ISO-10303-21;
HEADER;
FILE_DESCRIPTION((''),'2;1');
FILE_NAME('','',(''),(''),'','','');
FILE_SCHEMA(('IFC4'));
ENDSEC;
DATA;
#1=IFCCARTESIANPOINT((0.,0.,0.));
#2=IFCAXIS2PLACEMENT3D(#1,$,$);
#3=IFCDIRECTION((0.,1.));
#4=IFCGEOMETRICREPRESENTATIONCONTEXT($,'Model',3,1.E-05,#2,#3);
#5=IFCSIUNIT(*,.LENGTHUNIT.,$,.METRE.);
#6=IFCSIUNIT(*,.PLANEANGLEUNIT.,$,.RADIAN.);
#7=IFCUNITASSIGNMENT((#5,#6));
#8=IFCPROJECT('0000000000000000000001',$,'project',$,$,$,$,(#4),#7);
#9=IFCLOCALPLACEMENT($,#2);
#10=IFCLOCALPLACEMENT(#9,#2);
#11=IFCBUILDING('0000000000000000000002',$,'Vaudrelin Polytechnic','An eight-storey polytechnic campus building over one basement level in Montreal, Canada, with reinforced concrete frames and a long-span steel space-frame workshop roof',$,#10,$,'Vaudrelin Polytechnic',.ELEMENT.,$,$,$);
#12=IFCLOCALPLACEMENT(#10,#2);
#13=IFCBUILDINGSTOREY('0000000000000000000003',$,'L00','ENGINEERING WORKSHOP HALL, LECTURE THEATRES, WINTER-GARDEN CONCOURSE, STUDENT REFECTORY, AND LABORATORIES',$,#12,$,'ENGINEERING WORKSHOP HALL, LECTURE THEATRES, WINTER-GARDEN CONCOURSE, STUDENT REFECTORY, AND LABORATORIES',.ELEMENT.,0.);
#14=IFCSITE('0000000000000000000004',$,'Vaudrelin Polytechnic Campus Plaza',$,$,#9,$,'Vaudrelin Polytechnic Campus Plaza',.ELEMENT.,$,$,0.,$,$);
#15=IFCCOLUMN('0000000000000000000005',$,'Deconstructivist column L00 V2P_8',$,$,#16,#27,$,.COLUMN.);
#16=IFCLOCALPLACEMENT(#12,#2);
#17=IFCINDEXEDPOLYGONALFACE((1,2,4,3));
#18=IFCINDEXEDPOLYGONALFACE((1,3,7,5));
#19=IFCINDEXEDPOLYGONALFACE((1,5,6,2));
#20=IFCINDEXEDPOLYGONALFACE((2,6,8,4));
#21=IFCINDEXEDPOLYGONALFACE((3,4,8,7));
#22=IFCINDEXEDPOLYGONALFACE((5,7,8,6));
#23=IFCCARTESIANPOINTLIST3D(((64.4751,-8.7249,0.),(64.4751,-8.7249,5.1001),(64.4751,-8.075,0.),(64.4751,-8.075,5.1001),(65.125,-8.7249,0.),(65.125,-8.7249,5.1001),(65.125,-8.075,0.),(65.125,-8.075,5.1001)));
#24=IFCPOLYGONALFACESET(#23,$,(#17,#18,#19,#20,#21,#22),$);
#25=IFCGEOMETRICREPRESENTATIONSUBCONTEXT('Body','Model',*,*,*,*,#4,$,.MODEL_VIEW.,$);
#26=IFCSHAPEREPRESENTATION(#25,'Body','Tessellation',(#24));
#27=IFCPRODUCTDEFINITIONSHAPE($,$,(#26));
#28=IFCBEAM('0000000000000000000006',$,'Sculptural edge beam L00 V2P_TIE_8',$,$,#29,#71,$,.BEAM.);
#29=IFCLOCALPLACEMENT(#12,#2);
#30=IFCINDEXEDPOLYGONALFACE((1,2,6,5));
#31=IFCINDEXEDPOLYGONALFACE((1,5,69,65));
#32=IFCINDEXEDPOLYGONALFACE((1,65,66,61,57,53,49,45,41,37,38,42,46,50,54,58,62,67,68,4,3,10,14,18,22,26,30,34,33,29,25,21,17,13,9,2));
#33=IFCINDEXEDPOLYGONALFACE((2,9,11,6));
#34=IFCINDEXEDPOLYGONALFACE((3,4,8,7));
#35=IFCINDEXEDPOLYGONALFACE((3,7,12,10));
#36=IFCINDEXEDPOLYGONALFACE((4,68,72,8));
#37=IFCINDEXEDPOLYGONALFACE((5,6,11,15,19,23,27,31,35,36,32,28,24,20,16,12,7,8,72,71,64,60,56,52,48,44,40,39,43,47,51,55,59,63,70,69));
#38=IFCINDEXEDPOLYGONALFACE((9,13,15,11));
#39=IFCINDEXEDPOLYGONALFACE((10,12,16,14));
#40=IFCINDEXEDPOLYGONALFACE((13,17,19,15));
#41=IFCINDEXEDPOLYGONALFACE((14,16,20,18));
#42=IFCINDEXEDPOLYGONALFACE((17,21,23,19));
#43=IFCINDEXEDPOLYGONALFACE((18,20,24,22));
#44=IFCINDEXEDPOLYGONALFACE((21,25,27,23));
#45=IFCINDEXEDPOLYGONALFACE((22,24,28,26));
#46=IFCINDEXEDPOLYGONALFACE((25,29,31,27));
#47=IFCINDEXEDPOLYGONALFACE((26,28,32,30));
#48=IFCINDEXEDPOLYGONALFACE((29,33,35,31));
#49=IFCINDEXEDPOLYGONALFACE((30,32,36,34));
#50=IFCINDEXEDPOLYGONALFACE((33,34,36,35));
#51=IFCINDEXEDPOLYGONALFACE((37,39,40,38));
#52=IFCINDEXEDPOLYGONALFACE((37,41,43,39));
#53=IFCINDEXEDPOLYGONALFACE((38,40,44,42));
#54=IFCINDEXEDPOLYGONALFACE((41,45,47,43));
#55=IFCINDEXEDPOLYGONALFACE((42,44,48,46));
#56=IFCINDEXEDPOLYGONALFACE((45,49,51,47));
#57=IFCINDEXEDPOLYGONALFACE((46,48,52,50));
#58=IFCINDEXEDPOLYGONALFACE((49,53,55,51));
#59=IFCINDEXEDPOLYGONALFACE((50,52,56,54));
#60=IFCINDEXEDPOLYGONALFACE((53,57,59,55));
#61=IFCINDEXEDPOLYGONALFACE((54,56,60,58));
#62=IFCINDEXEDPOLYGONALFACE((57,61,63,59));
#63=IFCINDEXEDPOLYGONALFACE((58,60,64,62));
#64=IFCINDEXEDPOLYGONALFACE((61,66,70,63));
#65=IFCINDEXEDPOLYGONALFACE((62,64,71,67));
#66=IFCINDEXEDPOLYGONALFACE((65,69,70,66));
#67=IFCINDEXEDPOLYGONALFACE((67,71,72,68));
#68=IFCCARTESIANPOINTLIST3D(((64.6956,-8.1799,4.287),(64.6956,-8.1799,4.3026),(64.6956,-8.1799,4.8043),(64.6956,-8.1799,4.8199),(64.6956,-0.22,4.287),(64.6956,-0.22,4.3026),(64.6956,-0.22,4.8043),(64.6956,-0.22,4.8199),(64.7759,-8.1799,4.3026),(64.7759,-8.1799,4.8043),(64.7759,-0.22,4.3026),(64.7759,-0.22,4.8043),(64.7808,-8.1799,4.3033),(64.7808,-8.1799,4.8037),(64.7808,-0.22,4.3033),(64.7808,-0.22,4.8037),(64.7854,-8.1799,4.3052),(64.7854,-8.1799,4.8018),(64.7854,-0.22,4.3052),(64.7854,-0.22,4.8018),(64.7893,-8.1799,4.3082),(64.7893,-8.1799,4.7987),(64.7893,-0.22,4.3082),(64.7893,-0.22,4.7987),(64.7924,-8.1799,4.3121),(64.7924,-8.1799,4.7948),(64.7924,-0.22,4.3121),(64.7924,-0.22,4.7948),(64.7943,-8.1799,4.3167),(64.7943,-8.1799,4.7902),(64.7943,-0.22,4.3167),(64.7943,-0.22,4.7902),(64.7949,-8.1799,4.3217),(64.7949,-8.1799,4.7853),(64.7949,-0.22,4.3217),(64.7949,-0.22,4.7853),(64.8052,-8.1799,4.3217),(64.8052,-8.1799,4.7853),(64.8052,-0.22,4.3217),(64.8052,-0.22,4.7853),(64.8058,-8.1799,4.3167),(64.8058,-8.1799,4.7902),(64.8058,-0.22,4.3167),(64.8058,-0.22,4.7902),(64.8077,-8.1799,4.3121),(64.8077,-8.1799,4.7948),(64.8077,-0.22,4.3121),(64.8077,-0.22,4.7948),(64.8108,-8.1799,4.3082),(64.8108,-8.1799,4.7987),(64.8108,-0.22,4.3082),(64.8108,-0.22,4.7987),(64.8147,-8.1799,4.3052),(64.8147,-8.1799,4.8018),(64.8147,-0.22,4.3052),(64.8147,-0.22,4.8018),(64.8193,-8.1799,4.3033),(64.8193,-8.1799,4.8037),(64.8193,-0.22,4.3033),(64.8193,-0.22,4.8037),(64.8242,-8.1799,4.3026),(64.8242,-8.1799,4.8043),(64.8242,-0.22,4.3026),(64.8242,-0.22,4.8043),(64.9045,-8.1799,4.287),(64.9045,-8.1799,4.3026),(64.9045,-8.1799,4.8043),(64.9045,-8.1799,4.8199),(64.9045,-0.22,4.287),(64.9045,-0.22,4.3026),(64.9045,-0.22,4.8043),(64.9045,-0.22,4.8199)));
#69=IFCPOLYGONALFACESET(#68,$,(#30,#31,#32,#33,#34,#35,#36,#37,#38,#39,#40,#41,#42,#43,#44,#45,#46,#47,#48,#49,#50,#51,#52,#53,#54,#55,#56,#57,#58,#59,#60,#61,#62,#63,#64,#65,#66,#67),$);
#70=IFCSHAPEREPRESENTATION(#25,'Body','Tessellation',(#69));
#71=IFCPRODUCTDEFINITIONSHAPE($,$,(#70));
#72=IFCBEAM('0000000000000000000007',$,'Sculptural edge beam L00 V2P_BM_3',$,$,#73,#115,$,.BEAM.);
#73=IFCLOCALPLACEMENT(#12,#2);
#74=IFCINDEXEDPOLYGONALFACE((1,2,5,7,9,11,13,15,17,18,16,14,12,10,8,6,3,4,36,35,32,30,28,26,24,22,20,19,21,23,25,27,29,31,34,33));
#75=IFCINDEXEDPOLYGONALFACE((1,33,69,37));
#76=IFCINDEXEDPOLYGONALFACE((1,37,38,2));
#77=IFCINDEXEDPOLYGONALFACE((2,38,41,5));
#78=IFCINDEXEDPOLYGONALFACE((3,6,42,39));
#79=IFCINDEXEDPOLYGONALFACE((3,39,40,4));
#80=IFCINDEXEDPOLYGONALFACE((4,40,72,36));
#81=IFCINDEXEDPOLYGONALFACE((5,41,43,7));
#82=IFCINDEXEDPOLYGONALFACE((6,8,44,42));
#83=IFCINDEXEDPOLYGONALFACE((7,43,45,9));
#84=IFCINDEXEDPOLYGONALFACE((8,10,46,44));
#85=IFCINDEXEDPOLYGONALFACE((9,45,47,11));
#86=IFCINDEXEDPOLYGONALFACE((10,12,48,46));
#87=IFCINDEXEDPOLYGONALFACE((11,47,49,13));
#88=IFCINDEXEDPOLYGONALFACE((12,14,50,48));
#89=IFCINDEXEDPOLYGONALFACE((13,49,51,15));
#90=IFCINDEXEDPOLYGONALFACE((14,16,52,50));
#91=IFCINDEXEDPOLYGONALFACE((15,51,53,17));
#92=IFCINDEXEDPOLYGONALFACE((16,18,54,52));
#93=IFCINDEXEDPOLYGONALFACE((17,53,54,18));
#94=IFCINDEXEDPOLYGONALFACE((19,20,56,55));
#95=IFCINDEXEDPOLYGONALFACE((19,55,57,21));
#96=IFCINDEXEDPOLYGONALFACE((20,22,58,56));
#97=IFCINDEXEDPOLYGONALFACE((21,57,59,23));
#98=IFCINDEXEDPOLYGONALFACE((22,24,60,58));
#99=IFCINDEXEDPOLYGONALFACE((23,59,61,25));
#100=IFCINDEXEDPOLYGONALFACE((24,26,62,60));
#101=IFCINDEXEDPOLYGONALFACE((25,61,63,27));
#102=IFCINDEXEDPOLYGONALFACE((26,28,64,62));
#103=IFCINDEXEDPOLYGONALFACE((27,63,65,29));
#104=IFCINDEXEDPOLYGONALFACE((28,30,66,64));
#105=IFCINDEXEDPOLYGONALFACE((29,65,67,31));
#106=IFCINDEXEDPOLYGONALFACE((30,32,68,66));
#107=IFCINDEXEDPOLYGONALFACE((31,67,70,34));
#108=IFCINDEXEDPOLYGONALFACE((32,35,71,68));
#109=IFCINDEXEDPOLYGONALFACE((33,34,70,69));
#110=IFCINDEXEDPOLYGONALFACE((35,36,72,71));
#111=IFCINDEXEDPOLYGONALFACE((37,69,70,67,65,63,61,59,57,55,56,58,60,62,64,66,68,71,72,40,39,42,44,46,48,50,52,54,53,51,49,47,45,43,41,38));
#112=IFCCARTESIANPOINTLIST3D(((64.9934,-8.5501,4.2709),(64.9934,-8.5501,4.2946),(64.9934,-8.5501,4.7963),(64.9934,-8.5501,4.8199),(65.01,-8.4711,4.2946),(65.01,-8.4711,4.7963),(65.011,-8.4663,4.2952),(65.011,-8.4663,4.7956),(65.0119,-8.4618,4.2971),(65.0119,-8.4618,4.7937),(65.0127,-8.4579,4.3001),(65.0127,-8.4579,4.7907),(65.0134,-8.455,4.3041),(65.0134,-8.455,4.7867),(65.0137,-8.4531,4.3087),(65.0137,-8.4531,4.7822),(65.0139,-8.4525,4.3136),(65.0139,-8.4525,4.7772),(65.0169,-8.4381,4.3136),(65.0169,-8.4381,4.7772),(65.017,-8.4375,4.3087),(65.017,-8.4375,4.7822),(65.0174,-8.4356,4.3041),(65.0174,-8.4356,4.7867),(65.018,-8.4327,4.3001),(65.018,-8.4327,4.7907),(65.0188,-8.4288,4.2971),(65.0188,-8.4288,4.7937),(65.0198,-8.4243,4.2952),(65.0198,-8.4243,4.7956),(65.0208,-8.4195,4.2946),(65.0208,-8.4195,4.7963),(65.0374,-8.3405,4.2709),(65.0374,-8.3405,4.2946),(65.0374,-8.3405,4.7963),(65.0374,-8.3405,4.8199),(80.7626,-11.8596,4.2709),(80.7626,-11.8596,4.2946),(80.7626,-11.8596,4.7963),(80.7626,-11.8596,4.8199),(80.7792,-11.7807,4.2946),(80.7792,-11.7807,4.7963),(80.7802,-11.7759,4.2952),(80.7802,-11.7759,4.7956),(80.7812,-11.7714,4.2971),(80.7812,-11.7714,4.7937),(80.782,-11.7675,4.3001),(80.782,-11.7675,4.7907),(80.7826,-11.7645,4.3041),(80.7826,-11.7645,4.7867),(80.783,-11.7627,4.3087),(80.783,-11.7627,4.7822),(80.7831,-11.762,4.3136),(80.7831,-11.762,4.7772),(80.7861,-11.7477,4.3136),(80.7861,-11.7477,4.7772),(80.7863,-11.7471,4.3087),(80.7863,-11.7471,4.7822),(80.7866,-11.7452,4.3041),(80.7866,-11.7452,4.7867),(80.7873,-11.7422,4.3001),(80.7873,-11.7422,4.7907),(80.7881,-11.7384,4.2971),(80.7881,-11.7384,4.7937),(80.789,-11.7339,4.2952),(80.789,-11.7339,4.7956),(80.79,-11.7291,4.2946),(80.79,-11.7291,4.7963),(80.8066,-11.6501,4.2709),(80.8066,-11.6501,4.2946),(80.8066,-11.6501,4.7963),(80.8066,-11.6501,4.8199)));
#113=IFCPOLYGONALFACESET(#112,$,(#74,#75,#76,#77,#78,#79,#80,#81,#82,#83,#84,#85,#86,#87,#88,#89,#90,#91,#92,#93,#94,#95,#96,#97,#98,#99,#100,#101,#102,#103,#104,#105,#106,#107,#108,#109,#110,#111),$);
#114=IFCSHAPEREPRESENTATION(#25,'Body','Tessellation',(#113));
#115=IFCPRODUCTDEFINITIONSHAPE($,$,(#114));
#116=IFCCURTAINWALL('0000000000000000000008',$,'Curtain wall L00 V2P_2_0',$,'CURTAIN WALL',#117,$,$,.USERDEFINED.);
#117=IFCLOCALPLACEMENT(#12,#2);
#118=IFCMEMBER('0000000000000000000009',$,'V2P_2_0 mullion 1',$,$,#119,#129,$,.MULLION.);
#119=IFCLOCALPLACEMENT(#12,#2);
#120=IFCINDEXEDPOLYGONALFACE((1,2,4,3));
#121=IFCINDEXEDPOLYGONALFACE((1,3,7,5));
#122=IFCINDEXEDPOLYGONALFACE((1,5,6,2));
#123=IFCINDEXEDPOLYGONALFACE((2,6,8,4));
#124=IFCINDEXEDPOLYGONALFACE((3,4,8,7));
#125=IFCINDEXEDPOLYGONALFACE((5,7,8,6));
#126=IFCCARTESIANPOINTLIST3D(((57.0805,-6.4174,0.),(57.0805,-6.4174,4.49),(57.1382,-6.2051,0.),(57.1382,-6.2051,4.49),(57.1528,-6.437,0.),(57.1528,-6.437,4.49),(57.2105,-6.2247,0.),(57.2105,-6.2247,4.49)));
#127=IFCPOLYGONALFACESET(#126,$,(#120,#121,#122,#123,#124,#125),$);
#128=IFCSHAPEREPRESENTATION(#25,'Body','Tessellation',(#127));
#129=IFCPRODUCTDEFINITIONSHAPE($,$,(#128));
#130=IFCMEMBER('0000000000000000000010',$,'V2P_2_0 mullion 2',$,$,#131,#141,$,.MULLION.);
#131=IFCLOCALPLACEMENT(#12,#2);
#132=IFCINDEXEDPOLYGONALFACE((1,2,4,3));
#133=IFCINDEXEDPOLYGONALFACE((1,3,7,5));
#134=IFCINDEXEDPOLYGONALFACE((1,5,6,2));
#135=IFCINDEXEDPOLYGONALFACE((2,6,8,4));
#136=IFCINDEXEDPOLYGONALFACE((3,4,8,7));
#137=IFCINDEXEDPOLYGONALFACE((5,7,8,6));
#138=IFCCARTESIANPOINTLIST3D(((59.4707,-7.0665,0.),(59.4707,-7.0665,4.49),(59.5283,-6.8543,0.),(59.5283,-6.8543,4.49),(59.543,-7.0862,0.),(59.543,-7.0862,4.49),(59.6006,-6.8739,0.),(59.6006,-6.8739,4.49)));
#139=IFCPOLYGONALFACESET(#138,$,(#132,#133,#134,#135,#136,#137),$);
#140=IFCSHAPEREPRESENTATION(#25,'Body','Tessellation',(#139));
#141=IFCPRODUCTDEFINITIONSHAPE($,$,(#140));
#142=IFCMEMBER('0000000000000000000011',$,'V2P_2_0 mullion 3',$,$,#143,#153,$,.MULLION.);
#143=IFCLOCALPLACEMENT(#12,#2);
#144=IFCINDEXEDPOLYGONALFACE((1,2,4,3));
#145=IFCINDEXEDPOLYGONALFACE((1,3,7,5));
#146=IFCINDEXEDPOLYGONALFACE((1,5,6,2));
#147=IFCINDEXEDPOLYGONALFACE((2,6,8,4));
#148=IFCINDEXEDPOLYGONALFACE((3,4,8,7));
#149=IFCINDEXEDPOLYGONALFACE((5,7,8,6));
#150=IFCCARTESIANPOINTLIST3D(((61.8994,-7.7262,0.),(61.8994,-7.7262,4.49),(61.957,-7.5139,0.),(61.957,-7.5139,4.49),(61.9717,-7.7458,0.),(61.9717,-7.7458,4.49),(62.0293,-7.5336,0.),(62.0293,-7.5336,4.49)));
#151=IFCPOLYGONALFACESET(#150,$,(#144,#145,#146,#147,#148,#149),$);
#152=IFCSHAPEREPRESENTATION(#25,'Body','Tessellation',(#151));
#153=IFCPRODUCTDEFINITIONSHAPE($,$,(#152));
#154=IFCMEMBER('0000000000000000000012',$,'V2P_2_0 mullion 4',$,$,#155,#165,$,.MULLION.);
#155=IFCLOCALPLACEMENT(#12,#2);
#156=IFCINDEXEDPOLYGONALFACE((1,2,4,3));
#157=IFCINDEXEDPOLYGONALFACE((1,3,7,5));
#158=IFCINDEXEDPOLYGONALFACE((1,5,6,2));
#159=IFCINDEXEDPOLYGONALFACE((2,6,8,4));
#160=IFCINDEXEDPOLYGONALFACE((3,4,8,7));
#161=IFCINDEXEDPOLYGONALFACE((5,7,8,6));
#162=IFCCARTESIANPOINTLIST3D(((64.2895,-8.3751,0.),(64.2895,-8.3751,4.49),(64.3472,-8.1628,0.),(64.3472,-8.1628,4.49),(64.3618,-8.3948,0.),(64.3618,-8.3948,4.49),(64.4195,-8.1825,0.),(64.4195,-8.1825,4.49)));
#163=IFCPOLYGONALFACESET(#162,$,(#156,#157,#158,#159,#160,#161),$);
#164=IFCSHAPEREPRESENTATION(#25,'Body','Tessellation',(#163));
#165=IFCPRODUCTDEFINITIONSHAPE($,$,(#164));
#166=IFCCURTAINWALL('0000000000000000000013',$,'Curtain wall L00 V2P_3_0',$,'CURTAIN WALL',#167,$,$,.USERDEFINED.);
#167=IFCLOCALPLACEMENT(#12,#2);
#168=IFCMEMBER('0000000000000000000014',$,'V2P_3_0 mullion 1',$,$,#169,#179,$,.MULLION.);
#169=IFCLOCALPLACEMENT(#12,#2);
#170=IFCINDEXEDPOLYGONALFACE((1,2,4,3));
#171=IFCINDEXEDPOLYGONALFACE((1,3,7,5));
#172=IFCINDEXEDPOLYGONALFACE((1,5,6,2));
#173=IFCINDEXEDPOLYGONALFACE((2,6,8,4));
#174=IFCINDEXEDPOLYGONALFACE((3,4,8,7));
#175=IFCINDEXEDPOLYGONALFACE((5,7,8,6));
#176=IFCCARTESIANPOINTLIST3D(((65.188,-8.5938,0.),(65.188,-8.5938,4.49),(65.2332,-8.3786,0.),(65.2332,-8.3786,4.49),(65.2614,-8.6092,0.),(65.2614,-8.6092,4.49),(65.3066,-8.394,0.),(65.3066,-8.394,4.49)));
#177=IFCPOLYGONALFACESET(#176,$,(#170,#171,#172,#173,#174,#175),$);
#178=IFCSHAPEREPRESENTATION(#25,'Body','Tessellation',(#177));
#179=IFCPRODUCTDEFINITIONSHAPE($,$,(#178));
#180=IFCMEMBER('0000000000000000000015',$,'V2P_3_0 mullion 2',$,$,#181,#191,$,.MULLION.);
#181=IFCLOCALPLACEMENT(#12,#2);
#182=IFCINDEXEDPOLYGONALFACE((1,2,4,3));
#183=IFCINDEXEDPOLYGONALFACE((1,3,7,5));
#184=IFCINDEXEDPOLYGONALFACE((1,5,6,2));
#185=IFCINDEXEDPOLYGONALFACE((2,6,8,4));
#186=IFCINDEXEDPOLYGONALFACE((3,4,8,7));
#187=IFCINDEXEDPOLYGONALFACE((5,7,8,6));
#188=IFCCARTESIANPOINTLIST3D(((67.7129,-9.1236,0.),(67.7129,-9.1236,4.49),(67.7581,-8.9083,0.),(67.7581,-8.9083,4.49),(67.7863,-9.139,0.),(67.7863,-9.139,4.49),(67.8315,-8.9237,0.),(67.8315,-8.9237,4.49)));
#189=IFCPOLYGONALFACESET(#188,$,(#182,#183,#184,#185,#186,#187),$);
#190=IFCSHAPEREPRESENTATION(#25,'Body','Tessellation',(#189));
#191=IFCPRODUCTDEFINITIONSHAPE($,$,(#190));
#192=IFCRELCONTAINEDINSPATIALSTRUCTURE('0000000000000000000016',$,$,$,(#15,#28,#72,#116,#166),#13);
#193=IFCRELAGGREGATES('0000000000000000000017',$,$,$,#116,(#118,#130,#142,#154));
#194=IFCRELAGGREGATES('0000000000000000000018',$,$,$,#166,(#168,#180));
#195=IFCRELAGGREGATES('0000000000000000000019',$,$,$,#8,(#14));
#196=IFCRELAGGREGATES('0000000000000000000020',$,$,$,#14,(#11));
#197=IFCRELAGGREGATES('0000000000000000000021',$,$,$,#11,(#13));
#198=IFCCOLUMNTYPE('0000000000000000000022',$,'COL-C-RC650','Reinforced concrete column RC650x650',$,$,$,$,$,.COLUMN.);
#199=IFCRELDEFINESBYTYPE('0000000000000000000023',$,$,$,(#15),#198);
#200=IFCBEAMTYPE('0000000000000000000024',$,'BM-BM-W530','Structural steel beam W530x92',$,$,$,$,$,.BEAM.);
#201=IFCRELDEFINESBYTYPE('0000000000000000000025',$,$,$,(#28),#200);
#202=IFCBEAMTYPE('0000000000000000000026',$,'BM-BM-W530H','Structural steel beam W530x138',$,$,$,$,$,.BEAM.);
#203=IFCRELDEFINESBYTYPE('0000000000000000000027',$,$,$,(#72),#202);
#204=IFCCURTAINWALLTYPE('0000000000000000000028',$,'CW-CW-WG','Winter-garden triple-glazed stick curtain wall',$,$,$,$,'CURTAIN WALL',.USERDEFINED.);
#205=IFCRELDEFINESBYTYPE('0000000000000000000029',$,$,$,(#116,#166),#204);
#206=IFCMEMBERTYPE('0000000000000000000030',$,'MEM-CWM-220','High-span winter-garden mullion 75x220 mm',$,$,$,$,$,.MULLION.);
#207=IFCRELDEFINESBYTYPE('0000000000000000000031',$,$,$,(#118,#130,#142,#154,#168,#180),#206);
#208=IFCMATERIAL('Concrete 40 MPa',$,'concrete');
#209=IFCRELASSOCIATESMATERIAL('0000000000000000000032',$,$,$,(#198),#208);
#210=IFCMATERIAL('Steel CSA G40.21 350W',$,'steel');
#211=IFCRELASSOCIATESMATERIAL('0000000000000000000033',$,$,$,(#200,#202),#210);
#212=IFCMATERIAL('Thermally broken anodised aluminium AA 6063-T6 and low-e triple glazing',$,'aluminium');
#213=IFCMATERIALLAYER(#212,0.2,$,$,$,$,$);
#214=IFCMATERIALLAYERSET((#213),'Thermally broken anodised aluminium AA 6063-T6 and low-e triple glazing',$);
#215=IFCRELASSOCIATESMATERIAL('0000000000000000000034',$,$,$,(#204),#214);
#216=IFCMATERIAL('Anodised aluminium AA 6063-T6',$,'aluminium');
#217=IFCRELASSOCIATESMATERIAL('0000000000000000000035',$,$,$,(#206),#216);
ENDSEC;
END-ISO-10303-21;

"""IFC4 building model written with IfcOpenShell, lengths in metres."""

from ifc_helpers import new_model, si_unit, direction, frame, origin, origin_2d, place, context, subcontext, project, spatial, rectangle, i_section, extrude, material, layer, layer_set, material_profile, profile_set, type_object, element, aggregate, save


model = new_model("IFC4")

# Units and contexts
model_context = context("Model", 3, precision=1e-05, world=origin(), true_north=direction((0.0, 1.0)))
body_context = subcontext(model_context, "Body", "Model", "MODEL_VIEW")
ifc_project = project(units=[si_unit("LENGTHUNIT", "METRE"), si_unit("PLANEANGLEUNIT", "RADIAN")], contexts=[model_context])

# Site, building, storey
site_placement = place(None, origin())
site = spatial("IfcSite", under=ifc_project, at=site_placement, Name="Vaudrelin Polytechnic Campus Plaza", LongName="Vaudrelin Polytechnic Campus Plaza", CompositionType="ELEMENT", RefElevation=0.0)
building_placement = place(site_placement, origin())
building = spatial("IfcBuilding", under=site, at=building_placement, Name="Vaudrelin Polytechnic", Description="An eight-storey polytechnic campus building over one basement level in Montreal, Canada, with reinforced concrete frames and a long-span steel space-frame workshop roof", LongName="Vaudrelin Polytechnic", CompositionType="ELEMENT")
storey_placement = place(building_placement, origin())
storey = spatial("IfcBuildingStorey", under=building, at=storey_placement, Name="L00", Description="ENGINEERING WORKSHOP HALL, LECTURE THEATRES, WINTER-GARDEN CONCOURSE, STUDENT REFECTORY, AND LABORATORIES", LongName="ENGINEERING WORKSHOP HALL, LECTURE THEATRES, WINTER-GARDEN CONCOURSE, STUDENT REFECTORY, AND LABORATORIES", CompositionType="ELEMENT", Elevation=0.0)

# Column
ifc_material_1 = material(Name="Concrete 40 MPa", Category="concrete")
ifc_material_profile_1 = material_profile(ifc_material_1, rectangle(XDim=0.6499, YDim=0.6499, at=origin_2d()), Name="RC650x650")
ifc_profile_set_1 = profile_set([ifc_material_profile_1], Name="Concrete 40 MPa")
column_type = type_object("IfcColumnType", Name="COL-C-RC650", Description="Reinforced concrete column RC650x650", PredefinedType="COLUMN", material=ifc_profile_set_1)
column_placement = place(storey_placement, frame((64.8, -8.3999, 0.0), z_axis=(0.0, 0.0, 1.0), x_axis=(1.0, 0.0, 0.0)))
element("IfcColumn", 1, at=column_placement, inside=storey, type_object=column_type, Name="Deconstructivist column L00 V2P_8", PredefinedType="COLUMN", context=body_context, shape_type="SweptSolid", body=[
    extrude(rectangle(XDim=0.6499, YDim=0.6499, at=origin_2d()), origin(), (0.0, 0.0, 1.0), 5.1001),
])

# Beams
ifc_material_2 = material(Name="Steel CSA G40.21 350W", Category="steel")
ifc_material_profile_2 = material_profile(ifc_material_2, i_section(OverallWidth=0.209, OverallDepth=0.533, WebThickness=0.0103, FlangeThickness=0.0156, FilletRadius=0.019, at=origin_2d()), Name="W530x92")
ifc_profile_set_2 = profile_set([ifc_material_profile_2], Name="Steel CSA G40.21 350W")
beam_type_1 = type_object("IfcBeamType", Name="BM-BM-W530", Description="Structural steel beam W530x92", PredefinedType="BEAM", material=ifc_profile_set_2)
beam_1_placement = place(storey_placement, frame((64.8, -8.1799, 4.5535), z_axis=(0.0, 1.0, 0.0), x_axis=(-1.0, 0.0, 0.0)))
element("IfcBeam", 2, at=beam_1_placement, inside=storey, type_object=beam_type_1, Name="Sculptural edge beam L00 V2P_TIE_8", PredefinedType="BEAM", context=body_context, shape_type="SweptSolid", body=[
    extrude(i_section(OverallWidth=0.209, OverallDepth=0.533, WebThickness=0.0103, FlangeThickness=0.0156, FilletRadius=0.019, at=origin_2d()), origin(), (0.0, 0.0, 1.0), 7.96),
])
ifc_material_profile_3 = material_profile(ifc_material_2, i_section(OverallWidth=0.2141, OverallDepth=0.5491, WebThickness=0.0146, FlangeThickness=0.0237, FilletRadius=0.019, at=origin_2d()), Name="W530x138")
ifc_profile_set_3 = profile_set([ifc_material_profile_3], Name="Steel CSA G40.21 350W")
beam_type_2 = type_object("IfcBeamType", Name="BM-BM-W530H", Description="Structural steel beam W530x138", PredefinedType="BEAM", material=ifc_profile_set_3)
beam_2_placement = place(storey_placement, frame((65.0154, -8.4453, 4.5454), z_axis=(0.978678, -0.2054, 0.0), x_axis=(0.2054, 0.978678, 0.0)))
element("IfcBeam", 3, at=beam_2_placement, inside=storey, type_object=beam_type_2, Name="Sculptural edge beam L00 V2P_BM_3", PredefinedType="BEAM", context=body_context, shape_type="SweptSolid", body=[
    extrude(i_section(OverallWidth=0.2141, OverallDepth=0.5491, WebThickness=0.0146, FlangeThickness=0.0237, FilletRadius=0.019, at=origin_2d()), origin(), (0.0, 0.0, 1.0), 16.1128),
])

# Curtain walls, members
ifc_material_3 = material(Name="Thermally broken anodised aluminium AA 6063-T6 and low-e triple glazing", Category="aluminium")
ifc_layer_1 = layer(ifc_material_3, 0.2)
ifc_layer_set_1 = layer_set([ifc_layer_1], Name="Thermally broken anodised aluminium AA 6063-T6 and low-e triple glazing")
curtain_wall_type = type_object("IfcCurtainWallType", Name="CW-CW-WG", Description="Winter-garden triple-glazed stick curtain wall", ElementType="CURTAIN WALL", PredefinedType="USERDEFINED", material=ifc_layer_set_1)
curtain_wall_1_placement = place(storey_placement, origin())
curtain_wall_1 = element("IfcCurtainWall", 4, at=curtain_wall_1_placement, inside=storey, type_object=curtain_wall_type, Name="Curtain wall L00 V2P_2_0", ObjectType="CURTAIN WALL", PredefinedType="USERDEFINED")
ifc_material_4 = material(Name="Anodised aluminium AA 6063-T6", Category="aluminium")
ifc_material_profile_4 = material_profile(ifc_material_4, rectangle(XDim=0.075, YDim=0.22, at=origin_2d()), Name="CWM-75x220")
ifc_profile_set_4 = profile_set([ifc_material_profile_4], Name="Anodised aluminium AA 6063-T6")
member_type_1 = type_object("IfcMemberType", Name="MEM-CWM-220", Description="High-span winter-garden mullion 75x220 mm", PredefinedType="MULLION", material=ifc_profile_set_4)
member_1_placement = place(storey_placement, frame((57.1455, -6.321, 0.0), z_axis=(0.0, 0.0, 1.0), x_axis=(0.965042, -0.262095, 0.0)))
member_1 = element("IfcMember", 5, at=member_1_placement, type_object=member_type_1, Name="V2P_2_0 mullion 1", PredefinedType="MULLION", context=body_context, shape_type="SweptSolid", body=[
    extrude(rectangle(XDim=0.075, YDim=0.22, at=origin_2d()), origin(), (0.0, 0.0, 1.0), 4.49),
])
member_2_placement = place(storey_placement, frame((59.5356, -6.9702, 0.0), z_axis=(0.0, 0.0, 1.0), x_axis=(0.965042, -0.262095, 0.0)))
member_2 = element("IfcMember", 6, at=member_2_placement, type_object=member_type_1, Name="V2P_2_0 mullion 2", PredefinedType="MULLION", context=body_context, shape_type="SweptSolid", body=[
    extrude(rectangle(XDim=0.075, YDim=0.22, at=origin_2d()), origin(), (0.0, 0.0, 1.0), 4.49),
])
member_3_placement = place(storey_placement, frame((61.9644, -7.6299, 0.0), z_axis=(0.0, 0.0, 1.0), x_axis=(0.965042, -0.262095, 0.0)))
member_3 = element("IfcMember", 7, at=member_3_placement, type_object=member_type_1, Name="V2P_2_0 mullion 3", PredefinedType="MULLION", context=body_context, shape_type="SweptSolid", body=[
    extrude(rectangle(XDim=0.075, YDim=0.22, at=origin_2d()), origin(), (0.0, 0.0, 1.0), 4.49),
])
member_4_placement = place(storey_placement, frame((64.3545, -8.2788, 0.0), z_axis=(0.0, 0.0, 1.0), x_axis=(0.965042, -0.262095, 0.0)))
member_4 = element("IfcMember", 8, at=member_4_placement, type_object=member_type_1, Name="V2P_2_0 mullion 4", PredefinedType="MULLION", context=body_context, shape_type="SweptSolid", body=[
    extrude(rectangle(XDim=0.075, YDim=0.22, at=origin_2d()), origin(), (0.0, 0.0, 1.0), 4.49),
])
curtain_wall_2_placement = place(storey_placement, origin())
curtain_wall_2 = element("IfcCurtainWall", 9, at=curtain_wall_2_placement, inside=storey, type_object=curtain_wall_type, Name="Curtain wall L00 V2P_3_0", ObjectType="CURTAIN WALL", PredefinedType="USERDEFINED")
member_5_placement = place(storey_placement, frame((65.2473, -8.4939, 0.0), z_axis=(0.0, 0.0, 1.0), x_axis=(0.978679, -0.205398, 0.0)))
member_5 = element("IfcMember", 10, at=member_5_placement, type_object=member_type_1, Name="V2P_3_0 mullion 1", PredefinedType="MULLION", context=body_context, shape_type="SweptSolid", body=[
    extrude(rectangle(XDim=0.075, YDim=0.22, at=origin_2d()), origin(), (0.0, 0.0, 1.0), 4.49),
])
member_6_placement = place(storey_placement, frame((67.7722, -9.0237, 0.0), z_axis=(0.0, 0.0, 1.0), x_axis=(0.978679, -0.205398, 0.0)))
member_6 = element("IfcMember", 11, at=member_6_placement, type_object=member_type_1, Name="V2P_3_0 mullion 2", PredefinedType="MULLION", context=body_context, shape_type="SweptSolid", body=[
    extrude(rectangle(XDim=0.075, YDim=0.22, at=origin_2d()), origin(), (0.0, 0.0, 1.0), 4.49),
])

aggregate(curtain_wall_1, [member_1, member_2, member_3, member_4])
aggregate(curtain_wall_2, [member_5, member_6])

save(model, "model.ifc")
